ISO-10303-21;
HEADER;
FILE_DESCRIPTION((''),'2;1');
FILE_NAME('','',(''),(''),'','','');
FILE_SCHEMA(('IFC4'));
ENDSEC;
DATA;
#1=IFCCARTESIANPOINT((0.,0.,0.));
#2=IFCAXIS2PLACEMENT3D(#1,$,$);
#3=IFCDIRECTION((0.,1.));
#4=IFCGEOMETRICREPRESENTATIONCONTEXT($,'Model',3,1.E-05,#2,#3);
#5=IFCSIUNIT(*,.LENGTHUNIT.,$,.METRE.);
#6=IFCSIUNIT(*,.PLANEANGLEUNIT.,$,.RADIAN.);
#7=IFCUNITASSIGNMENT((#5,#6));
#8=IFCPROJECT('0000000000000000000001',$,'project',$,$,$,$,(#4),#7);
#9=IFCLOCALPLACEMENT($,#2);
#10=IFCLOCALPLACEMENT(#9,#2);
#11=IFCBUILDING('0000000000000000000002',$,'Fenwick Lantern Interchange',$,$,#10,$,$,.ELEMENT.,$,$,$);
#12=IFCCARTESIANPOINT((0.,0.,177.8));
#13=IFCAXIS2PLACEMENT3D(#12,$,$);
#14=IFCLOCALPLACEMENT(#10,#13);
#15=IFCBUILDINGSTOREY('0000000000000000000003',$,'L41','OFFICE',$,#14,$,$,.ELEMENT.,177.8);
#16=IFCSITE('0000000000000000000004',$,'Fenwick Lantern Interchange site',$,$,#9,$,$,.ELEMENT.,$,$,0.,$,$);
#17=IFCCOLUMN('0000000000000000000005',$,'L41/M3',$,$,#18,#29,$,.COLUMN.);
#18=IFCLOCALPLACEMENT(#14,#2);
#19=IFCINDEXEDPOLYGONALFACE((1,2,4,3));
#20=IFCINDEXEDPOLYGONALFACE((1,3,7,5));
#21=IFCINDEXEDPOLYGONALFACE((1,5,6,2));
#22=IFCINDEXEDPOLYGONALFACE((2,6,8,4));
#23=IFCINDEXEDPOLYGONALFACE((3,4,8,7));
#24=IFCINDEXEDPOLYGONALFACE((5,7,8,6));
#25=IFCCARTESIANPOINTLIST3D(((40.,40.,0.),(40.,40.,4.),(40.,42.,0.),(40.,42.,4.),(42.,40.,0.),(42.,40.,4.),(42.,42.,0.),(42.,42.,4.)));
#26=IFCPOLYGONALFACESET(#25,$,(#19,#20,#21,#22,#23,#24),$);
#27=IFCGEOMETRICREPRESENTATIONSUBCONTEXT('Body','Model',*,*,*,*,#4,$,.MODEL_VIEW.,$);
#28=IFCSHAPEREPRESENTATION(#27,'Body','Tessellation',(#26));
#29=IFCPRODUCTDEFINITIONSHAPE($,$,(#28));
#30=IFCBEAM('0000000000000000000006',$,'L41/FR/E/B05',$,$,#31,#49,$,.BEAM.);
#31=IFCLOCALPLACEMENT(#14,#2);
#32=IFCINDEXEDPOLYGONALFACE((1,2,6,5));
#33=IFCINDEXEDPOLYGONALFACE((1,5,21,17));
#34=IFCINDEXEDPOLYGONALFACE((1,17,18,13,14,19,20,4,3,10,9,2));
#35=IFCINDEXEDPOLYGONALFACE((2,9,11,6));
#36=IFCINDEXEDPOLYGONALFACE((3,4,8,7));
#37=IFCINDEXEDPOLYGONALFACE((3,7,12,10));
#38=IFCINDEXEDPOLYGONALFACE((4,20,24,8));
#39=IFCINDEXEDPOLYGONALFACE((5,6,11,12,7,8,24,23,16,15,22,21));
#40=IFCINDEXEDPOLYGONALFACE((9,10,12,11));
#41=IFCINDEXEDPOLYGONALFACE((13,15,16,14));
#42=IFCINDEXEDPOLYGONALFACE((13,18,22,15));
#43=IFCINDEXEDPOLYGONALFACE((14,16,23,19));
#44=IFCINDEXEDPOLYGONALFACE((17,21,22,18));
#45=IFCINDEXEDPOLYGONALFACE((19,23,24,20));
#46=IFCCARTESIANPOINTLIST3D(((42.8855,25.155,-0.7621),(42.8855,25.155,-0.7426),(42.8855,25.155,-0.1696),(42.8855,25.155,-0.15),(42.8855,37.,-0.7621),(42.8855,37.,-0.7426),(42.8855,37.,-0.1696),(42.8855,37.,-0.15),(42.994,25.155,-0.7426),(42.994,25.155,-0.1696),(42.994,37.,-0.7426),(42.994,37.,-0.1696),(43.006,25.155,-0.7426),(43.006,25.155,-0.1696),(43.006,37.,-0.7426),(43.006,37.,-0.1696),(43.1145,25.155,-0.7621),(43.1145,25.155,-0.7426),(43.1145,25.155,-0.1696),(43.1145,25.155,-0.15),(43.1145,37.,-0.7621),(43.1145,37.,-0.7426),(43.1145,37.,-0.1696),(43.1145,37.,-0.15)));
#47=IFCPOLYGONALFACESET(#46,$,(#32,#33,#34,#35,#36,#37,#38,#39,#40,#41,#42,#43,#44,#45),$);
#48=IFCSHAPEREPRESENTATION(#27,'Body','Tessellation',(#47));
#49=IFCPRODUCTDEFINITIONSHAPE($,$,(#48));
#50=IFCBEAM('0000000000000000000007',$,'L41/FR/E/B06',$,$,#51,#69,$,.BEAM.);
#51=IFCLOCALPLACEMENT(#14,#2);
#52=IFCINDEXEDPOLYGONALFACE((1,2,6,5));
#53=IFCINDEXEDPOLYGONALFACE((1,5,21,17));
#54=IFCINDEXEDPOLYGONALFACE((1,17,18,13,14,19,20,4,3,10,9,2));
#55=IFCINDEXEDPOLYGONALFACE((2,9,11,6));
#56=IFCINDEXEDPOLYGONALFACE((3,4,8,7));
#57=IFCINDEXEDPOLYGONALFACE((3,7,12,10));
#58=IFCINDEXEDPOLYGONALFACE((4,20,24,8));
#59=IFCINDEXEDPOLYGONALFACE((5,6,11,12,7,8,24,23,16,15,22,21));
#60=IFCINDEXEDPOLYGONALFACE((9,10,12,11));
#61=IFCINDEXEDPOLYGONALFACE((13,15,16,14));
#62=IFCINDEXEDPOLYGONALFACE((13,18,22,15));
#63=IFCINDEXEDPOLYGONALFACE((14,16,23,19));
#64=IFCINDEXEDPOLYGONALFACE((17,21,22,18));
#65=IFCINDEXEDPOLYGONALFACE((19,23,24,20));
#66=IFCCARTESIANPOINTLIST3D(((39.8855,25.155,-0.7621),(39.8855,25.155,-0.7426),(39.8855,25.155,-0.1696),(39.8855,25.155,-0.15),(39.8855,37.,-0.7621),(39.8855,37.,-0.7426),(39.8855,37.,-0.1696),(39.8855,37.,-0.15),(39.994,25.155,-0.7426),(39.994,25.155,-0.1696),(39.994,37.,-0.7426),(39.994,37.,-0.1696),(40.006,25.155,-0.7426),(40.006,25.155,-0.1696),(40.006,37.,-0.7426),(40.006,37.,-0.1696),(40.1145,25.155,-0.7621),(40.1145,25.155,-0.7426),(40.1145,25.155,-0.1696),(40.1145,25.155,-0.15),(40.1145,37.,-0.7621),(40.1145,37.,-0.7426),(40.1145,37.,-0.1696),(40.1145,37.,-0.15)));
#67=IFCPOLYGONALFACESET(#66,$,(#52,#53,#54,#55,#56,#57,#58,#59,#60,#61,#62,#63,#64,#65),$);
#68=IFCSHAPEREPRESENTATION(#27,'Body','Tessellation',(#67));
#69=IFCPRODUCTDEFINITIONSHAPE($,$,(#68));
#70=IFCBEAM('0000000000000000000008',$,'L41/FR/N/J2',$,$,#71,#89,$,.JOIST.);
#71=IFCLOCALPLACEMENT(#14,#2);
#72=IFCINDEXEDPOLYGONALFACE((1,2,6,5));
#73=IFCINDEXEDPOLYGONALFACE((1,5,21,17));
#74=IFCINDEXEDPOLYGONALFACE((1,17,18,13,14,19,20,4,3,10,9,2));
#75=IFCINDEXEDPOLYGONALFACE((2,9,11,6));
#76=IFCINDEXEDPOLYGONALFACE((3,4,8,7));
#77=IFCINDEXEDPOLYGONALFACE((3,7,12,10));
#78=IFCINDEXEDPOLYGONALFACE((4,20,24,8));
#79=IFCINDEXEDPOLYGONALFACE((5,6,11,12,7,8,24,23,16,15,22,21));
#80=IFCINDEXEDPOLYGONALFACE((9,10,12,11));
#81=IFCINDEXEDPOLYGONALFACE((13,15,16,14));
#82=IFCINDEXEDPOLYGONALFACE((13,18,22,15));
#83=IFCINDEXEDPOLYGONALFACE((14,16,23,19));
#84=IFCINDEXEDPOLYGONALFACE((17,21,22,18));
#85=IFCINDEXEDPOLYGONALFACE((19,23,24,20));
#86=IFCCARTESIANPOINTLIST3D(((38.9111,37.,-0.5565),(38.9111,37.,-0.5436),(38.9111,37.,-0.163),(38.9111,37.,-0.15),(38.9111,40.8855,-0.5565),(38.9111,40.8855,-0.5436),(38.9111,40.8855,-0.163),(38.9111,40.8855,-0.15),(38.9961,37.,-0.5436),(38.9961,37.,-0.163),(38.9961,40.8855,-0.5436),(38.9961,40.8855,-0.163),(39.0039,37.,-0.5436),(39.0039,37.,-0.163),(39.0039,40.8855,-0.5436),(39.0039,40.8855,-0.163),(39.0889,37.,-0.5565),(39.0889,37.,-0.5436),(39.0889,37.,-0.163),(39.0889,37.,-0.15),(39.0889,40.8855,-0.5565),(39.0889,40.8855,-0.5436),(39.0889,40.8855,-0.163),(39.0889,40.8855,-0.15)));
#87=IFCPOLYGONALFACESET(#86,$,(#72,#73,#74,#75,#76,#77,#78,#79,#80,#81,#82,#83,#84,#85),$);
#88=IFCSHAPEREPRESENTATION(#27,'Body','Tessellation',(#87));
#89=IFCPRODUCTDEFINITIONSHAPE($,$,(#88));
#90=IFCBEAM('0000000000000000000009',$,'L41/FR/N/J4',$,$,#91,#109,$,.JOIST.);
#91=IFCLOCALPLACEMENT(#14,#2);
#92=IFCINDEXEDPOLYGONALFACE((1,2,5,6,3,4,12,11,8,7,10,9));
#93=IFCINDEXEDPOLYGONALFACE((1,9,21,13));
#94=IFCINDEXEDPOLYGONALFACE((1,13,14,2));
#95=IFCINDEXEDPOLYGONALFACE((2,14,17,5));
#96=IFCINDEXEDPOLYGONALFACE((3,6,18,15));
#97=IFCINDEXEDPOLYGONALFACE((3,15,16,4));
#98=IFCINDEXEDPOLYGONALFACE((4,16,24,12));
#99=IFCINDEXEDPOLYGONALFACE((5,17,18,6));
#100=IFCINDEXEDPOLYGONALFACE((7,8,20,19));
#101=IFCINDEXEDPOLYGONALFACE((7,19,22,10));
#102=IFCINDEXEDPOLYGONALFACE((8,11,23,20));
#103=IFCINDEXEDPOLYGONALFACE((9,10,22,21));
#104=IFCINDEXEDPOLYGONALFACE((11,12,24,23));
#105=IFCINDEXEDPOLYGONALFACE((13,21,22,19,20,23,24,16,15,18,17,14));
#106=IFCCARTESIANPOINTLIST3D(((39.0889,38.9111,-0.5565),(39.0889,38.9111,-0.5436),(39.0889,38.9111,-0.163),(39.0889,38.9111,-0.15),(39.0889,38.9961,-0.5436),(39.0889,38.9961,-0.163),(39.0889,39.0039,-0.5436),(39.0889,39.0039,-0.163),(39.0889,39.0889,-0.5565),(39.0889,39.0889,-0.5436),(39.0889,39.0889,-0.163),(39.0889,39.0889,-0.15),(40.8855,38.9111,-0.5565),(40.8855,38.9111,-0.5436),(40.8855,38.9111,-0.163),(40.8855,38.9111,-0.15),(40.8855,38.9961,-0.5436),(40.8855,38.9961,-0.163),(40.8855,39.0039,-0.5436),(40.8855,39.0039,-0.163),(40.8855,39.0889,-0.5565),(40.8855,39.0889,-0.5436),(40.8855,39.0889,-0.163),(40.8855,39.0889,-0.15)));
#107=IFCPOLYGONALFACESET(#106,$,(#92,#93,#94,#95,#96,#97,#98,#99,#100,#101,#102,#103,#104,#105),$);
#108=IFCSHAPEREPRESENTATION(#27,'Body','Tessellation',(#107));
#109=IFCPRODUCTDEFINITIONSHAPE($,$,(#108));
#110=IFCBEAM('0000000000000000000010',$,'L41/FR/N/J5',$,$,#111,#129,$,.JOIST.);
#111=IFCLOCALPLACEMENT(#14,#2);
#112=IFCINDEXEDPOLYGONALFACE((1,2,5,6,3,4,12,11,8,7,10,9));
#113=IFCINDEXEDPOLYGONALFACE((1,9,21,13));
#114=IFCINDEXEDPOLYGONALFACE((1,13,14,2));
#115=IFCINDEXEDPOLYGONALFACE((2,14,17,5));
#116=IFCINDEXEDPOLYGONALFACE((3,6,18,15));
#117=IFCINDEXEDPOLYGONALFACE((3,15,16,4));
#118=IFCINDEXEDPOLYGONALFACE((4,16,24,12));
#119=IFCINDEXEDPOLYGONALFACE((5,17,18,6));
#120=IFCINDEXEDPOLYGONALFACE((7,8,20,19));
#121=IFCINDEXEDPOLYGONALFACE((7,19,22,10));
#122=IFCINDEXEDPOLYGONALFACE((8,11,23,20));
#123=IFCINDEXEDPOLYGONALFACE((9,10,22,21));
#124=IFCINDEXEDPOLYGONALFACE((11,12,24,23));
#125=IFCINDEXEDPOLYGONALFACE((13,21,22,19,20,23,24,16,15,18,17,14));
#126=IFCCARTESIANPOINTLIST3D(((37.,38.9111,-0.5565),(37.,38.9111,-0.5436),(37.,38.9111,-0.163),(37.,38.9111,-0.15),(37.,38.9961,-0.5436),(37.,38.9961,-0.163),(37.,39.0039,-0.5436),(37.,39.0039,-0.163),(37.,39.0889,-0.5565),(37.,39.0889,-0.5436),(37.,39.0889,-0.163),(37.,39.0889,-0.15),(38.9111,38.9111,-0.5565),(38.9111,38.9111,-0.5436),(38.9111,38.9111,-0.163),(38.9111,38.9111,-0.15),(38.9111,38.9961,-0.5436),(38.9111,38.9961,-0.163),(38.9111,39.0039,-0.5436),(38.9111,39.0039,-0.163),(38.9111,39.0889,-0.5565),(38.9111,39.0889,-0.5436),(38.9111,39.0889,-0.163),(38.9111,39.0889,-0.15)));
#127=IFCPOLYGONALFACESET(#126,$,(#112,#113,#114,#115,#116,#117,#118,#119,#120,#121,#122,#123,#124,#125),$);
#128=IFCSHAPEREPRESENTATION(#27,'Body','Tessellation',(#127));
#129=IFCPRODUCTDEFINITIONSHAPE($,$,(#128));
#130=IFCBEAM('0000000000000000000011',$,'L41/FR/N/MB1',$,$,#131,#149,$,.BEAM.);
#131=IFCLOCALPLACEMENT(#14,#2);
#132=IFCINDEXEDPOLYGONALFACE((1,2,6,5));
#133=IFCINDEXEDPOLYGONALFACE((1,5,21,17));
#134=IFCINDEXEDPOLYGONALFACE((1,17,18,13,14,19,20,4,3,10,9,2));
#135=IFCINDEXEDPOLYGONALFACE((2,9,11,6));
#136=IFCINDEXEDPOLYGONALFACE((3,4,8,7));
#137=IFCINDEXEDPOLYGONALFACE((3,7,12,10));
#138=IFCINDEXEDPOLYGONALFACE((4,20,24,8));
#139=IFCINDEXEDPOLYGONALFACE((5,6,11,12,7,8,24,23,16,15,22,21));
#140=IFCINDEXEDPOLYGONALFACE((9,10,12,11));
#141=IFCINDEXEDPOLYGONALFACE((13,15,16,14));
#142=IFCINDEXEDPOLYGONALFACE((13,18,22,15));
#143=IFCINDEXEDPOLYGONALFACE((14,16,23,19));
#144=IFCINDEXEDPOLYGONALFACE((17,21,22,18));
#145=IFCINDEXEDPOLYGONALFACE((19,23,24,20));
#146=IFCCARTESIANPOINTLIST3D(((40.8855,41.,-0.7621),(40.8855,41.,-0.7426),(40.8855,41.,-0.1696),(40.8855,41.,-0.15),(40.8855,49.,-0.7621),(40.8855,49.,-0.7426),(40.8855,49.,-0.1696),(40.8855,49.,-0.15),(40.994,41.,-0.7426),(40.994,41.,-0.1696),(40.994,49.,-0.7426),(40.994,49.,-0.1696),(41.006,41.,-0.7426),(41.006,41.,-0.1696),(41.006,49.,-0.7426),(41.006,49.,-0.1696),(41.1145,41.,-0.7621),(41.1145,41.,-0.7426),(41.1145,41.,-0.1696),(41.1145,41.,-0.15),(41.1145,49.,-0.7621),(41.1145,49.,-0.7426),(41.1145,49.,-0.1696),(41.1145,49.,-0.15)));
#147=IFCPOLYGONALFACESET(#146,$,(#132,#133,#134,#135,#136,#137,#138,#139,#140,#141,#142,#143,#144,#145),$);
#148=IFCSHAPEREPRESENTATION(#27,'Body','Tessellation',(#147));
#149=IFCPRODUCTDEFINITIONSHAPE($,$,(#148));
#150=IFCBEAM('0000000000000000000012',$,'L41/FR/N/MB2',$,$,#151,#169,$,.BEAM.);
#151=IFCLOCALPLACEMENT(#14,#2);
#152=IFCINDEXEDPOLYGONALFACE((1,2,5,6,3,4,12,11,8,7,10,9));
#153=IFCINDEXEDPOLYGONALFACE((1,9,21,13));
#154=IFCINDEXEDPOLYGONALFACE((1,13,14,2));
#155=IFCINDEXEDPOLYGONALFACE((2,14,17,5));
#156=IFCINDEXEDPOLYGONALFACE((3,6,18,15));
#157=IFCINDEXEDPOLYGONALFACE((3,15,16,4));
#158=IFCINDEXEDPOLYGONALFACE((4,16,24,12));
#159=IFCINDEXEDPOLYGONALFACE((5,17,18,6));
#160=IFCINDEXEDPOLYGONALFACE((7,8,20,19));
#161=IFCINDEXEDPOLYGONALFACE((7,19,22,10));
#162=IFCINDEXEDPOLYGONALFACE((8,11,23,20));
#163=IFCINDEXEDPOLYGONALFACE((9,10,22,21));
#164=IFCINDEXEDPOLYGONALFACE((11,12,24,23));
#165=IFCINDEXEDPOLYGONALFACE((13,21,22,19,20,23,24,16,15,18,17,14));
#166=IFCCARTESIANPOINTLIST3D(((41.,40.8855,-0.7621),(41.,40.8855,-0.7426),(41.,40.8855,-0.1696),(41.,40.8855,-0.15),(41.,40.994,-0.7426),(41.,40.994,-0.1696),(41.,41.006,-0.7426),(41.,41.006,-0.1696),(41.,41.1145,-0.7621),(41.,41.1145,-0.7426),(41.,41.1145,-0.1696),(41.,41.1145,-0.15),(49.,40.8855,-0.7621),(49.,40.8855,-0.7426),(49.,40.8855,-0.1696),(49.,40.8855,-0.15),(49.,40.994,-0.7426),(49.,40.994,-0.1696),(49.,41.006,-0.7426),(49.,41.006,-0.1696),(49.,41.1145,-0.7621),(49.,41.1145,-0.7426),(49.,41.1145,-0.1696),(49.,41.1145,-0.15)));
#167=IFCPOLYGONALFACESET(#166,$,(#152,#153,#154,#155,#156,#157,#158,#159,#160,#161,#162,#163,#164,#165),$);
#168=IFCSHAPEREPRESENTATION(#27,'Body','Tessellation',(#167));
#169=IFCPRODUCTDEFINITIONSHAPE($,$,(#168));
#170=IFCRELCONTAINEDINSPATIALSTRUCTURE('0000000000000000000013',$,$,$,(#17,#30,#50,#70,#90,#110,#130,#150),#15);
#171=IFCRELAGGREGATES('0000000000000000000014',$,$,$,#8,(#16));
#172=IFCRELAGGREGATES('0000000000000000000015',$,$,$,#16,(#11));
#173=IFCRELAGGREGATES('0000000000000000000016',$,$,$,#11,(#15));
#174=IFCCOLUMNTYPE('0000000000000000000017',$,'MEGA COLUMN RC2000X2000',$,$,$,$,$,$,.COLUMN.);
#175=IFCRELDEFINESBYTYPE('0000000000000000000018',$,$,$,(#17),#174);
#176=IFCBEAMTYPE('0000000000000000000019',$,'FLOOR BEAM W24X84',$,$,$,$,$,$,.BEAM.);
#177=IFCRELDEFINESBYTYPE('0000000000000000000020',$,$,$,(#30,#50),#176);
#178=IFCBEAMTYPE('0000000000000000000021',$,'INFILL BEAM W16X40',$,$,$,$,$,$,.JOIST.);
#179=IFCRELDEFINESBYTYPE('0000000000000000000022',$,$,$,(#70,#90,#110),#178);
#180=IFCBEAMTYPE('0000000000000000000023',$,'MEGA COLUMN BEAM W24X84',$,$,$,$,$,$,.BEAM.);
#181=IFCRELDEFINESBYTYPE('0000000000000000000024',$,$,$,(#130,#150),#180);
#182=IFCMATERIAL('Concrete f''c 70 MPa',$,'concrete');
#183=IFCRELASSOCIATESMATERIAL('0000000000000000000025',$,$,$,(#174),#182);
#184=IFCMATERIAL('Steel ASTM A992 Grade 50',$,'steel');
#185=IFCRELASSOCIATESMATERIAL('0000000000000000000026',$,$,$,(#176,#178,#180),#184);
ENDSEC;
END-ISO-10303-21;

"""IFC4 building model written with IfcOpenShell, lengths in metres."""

from ifc_helpers import new_model, si_unit, direction, frame, origin, origin_2d, place, context, subcontext, project, spatial, rectangle, i_section, extrude, material, material_profile, profile_set, type_object, element, save


model = new_model("IFC4")

# Units and contexts
model_context = context("Model", 3, precision=1e-05, world=origin(), true_north=direction((0.0, 1.0)))
body_context = subcontext(model_context, "Body", "Model", "MODEL_VIEW")
ifc_project = project(units=[si_unit("LENGTHUNIT", "METRE"), si_unit("PLANEANGLEUNIT", "RADIAN")], contexts=[model_context])

# Site, building, storey
site_placement = place(None, origin())
site = spatial("IfcSite", under=ifc_project, at=site_placement, Name="Fenwick Lantern Interchange site", CompositionType="ELEMENT", RefElevation=0.0)
building_placement = place(site_placement, origin())
building = spatial("IfcBuilding", under=site, at=building_placement, Name="Fenwick Lantern Interchange", CompositionType="ELEMENT")
storey_placement = place(building_placement, frame((0.0, 0.0, 177.8)))
storey = spatial("IfcBuildingStorey", under=building, at=storey_placement, Name="L41", Description="OFFICE", CompositionType="ELEMENT", Elevation=177.8)

# Column
ifc_material_1 = material(Name="Concrete f'c 70 MPa", Category="concrete")
ifc_material_profile_1 = material_profile(ifc_material_1, rectangle(XDim=2.0, YDim=2.0, at=origin_2d()), Name="RC2000X2000")
ifc_profile_set_1 = profile_set([ifc_material_profile_1], Name="Concrete f'c 70 MPa")
column_type = type_object("IfcColumnType", Name="MEGA COLUMN RC2000X2000", PredefinedType="COLUMN", material=ifc_profile_set_1)
column_placement = place(storey_placement, frame((41.0, 41.0, 0.0), z_axis=(0.0, 0.0, 1.0), x_axis=(1.0, 0.0, 0.0)))
element("IfcColumn", 1, at=column_placement, inside=storey, type_object=column_type, Name="L41/M3", PredefinedType="COLUMN", context=body_context, shape_type="SweptSolid", body=[
    extrude(rectangle(XDim=2.0, YDim=2.0, at=origin_2d()), origin(), (0.0, 0.0, 1.0), 4.0),
])

# Beams
ifc_material_2 = material(Name="Steel ASTM A992 Grade 50", Category="steel")
ifc_material_profile_2 = material_profile(ifc_material_2, i_section(OverallWidth=0.229, OverallDepth=0.6121, WebThickness=0.012, FlangeThickness=0.0195, at=origin_2d()), Name="W24X84")
ifc_profile_set_2 = profile_set([ifc_material_profile_2], Name="Steel ASTM A992 Grade 50")
beam_type_1 = type_object("IfcBeamType", Name="FLOOR BEAM W24X84", PredefinedType="BEAM", material=ifc_profile_set_2)
for number, where, z_axis, x_axis, name in (
    (2, (43.0, 25.155, -0.4561), (0.0, 1.0, 0.0), (-1.0, 0.0, 0.0), "L41/FR/E/B05"),
    (3, (40.0, 25.155, -0.4561), (0.0, 1.0, 0.0), (-1.0, 0.0, 0.0), "L41/FR/E/B06"),
):
    element("IfcBeam", number, at=place(storey_placement, frame(where, z_axis=z_axis, x_axis=x_axis)), inside=storey, type_object=beam_type_1, Name=name, PredefinedType="BEAM", context=body_context, shape_type="SweptSolid", body=[
        extrude(i_section(OverallWidth=0.229, OverallDepth=0.6121, WebThickness=0.012, FlangeThickness=0.0195, at=origin_2d()), origin(), (0.0, 0.0, 1.0), 11.845),
    ])
ifc_material_profile_3 = material_profile(ifc_material_2, i_section(OverallWidth=0.1777, OverallDepth=0.4065, WebThickness=0.0078, FlangeThickness=0.0129, at=origin_2d()), Name="W16X40")
ifc_profile_set_3 = profile_set([ifc_material_profile_3], Name="Steel ASTM A992 Grade 50")
beam_type_2 = type_object("IfcBeamType", Name="INFILL BEAM W16X40", PredefinedType="JOIST", material=ifc_profile_set_3)
beam_1_placement = place(storey_placement, frame((39.0, 40.8855, -0.3533), z_axis=(0.0, -1.0, 0.0), x_axis=(1.0, 0.0, 0.0)))
element("IfcBeam", 4, at=beam_1_placement, inside=storey, type_object=beam_type_2, Name="L41/FR/N/J2", PredefinedType="JOIST", context=body_context, shape_type="SweptSolid", body=[
    extrude(i_section(OverallWidth=0.1777, OverallDepth=0.4065, WebThickness=0.0078, FlangeThickness=0.0129, at=origin_2d()), origin(), (0.0, 0.0, 1.0), 3.8855),
])
beam_2_placement = place(storey_placement, frame((40.8855, 39.0, -0.3533), z_axis=(-1.0, 0.0, 0.0), x_axis=(0.0, -1.0, 0.0)))
element("IfcBeam", 5, at=beam_2_placement, inside=storey, type_object=beam_type_2, Name="L41/FR/N/J4", PredefinedType="JOIST", context=body_context, shape_type="SweptSolid", body=[
    extrude(i_section(OverallWidth=0.1777, OverallDepth=0.4065, WebThickness=0.0078, FlangeThickness=0.0129, at=origin_2d()), origin(), (0.0, 0.0, 1.0), 1.7966),
])
beam_3_placement = place(storey_placement, frame((38.9111, 39.0, -0.3533), z_axis=(-1.0, 0.0, 0.0), x_axis=(0.0, -1.0, 0.0)))
element("IfcBeam", 6, at=beam_3_placement, inside=storey, type_object=beam_type_2, Name="L41/FR/N/J5", PredefinedType="JOIST", context=body_context, shape_type="SweptSolid", body=[
    extrude(i_section(OverallWidth=0.1777, OverallDepth=0.4065, WebThickness=0.0078, FlangeThickness=0.0129, at=origin_2d()), origin(), (0.0, 0.0, 1.0), 1.9111),
])
ifc_material_profile_4 = material_profile(ifc_material_2, i_section(OverallWidth=0.229, OverallDepth=0.6121, WebThickness=0.012, FlangeThickness=0.0195, at=origin_2d()), Name="W24X84")
ifc_profile_set_4 = profile_set([ifc_material_profile_4], Name="Steel ASTM A992 Grade 50")
beam_type_3 = type_object("IfcBeamType", Name="MEGA COLUMN BEAM W24X84", PredefinedType="BEAM", material=ifc_profile_set_4)
for number, where, z_axis, x_axis, name in (
    (7, (41.0, 41.0, -0.4561), (0.0, 1.0, 0.0), (-1.0, 0.0, 0.0), "L41/FR/N/MB1"),
    (8, (41.0, 41.0, -0.4561), (1.0, 0.0, 0.0), (0.0, 1.0, 0.0), "L41/FR/N/MB2"),
):
    element("IfcBeam", number, at=place(storey_placement, frame(where, z_axis=z_axis, x_axis=x_axis)), inside=storey, type_object=beam_type_3, Name=name, PredefinedType="BEAM", context=body_context, shape_type="SweptSolid", body=[
        extrude(i_section(OverallWidth=0.229, OverallDepth=0.6121, WebThickness=0.012, FlangeThickness=0.0195, at=origin_2d()), origin(), (0.0, 0.0, 1.0), 8.0),
    ])

save(model, "model.ifc")
